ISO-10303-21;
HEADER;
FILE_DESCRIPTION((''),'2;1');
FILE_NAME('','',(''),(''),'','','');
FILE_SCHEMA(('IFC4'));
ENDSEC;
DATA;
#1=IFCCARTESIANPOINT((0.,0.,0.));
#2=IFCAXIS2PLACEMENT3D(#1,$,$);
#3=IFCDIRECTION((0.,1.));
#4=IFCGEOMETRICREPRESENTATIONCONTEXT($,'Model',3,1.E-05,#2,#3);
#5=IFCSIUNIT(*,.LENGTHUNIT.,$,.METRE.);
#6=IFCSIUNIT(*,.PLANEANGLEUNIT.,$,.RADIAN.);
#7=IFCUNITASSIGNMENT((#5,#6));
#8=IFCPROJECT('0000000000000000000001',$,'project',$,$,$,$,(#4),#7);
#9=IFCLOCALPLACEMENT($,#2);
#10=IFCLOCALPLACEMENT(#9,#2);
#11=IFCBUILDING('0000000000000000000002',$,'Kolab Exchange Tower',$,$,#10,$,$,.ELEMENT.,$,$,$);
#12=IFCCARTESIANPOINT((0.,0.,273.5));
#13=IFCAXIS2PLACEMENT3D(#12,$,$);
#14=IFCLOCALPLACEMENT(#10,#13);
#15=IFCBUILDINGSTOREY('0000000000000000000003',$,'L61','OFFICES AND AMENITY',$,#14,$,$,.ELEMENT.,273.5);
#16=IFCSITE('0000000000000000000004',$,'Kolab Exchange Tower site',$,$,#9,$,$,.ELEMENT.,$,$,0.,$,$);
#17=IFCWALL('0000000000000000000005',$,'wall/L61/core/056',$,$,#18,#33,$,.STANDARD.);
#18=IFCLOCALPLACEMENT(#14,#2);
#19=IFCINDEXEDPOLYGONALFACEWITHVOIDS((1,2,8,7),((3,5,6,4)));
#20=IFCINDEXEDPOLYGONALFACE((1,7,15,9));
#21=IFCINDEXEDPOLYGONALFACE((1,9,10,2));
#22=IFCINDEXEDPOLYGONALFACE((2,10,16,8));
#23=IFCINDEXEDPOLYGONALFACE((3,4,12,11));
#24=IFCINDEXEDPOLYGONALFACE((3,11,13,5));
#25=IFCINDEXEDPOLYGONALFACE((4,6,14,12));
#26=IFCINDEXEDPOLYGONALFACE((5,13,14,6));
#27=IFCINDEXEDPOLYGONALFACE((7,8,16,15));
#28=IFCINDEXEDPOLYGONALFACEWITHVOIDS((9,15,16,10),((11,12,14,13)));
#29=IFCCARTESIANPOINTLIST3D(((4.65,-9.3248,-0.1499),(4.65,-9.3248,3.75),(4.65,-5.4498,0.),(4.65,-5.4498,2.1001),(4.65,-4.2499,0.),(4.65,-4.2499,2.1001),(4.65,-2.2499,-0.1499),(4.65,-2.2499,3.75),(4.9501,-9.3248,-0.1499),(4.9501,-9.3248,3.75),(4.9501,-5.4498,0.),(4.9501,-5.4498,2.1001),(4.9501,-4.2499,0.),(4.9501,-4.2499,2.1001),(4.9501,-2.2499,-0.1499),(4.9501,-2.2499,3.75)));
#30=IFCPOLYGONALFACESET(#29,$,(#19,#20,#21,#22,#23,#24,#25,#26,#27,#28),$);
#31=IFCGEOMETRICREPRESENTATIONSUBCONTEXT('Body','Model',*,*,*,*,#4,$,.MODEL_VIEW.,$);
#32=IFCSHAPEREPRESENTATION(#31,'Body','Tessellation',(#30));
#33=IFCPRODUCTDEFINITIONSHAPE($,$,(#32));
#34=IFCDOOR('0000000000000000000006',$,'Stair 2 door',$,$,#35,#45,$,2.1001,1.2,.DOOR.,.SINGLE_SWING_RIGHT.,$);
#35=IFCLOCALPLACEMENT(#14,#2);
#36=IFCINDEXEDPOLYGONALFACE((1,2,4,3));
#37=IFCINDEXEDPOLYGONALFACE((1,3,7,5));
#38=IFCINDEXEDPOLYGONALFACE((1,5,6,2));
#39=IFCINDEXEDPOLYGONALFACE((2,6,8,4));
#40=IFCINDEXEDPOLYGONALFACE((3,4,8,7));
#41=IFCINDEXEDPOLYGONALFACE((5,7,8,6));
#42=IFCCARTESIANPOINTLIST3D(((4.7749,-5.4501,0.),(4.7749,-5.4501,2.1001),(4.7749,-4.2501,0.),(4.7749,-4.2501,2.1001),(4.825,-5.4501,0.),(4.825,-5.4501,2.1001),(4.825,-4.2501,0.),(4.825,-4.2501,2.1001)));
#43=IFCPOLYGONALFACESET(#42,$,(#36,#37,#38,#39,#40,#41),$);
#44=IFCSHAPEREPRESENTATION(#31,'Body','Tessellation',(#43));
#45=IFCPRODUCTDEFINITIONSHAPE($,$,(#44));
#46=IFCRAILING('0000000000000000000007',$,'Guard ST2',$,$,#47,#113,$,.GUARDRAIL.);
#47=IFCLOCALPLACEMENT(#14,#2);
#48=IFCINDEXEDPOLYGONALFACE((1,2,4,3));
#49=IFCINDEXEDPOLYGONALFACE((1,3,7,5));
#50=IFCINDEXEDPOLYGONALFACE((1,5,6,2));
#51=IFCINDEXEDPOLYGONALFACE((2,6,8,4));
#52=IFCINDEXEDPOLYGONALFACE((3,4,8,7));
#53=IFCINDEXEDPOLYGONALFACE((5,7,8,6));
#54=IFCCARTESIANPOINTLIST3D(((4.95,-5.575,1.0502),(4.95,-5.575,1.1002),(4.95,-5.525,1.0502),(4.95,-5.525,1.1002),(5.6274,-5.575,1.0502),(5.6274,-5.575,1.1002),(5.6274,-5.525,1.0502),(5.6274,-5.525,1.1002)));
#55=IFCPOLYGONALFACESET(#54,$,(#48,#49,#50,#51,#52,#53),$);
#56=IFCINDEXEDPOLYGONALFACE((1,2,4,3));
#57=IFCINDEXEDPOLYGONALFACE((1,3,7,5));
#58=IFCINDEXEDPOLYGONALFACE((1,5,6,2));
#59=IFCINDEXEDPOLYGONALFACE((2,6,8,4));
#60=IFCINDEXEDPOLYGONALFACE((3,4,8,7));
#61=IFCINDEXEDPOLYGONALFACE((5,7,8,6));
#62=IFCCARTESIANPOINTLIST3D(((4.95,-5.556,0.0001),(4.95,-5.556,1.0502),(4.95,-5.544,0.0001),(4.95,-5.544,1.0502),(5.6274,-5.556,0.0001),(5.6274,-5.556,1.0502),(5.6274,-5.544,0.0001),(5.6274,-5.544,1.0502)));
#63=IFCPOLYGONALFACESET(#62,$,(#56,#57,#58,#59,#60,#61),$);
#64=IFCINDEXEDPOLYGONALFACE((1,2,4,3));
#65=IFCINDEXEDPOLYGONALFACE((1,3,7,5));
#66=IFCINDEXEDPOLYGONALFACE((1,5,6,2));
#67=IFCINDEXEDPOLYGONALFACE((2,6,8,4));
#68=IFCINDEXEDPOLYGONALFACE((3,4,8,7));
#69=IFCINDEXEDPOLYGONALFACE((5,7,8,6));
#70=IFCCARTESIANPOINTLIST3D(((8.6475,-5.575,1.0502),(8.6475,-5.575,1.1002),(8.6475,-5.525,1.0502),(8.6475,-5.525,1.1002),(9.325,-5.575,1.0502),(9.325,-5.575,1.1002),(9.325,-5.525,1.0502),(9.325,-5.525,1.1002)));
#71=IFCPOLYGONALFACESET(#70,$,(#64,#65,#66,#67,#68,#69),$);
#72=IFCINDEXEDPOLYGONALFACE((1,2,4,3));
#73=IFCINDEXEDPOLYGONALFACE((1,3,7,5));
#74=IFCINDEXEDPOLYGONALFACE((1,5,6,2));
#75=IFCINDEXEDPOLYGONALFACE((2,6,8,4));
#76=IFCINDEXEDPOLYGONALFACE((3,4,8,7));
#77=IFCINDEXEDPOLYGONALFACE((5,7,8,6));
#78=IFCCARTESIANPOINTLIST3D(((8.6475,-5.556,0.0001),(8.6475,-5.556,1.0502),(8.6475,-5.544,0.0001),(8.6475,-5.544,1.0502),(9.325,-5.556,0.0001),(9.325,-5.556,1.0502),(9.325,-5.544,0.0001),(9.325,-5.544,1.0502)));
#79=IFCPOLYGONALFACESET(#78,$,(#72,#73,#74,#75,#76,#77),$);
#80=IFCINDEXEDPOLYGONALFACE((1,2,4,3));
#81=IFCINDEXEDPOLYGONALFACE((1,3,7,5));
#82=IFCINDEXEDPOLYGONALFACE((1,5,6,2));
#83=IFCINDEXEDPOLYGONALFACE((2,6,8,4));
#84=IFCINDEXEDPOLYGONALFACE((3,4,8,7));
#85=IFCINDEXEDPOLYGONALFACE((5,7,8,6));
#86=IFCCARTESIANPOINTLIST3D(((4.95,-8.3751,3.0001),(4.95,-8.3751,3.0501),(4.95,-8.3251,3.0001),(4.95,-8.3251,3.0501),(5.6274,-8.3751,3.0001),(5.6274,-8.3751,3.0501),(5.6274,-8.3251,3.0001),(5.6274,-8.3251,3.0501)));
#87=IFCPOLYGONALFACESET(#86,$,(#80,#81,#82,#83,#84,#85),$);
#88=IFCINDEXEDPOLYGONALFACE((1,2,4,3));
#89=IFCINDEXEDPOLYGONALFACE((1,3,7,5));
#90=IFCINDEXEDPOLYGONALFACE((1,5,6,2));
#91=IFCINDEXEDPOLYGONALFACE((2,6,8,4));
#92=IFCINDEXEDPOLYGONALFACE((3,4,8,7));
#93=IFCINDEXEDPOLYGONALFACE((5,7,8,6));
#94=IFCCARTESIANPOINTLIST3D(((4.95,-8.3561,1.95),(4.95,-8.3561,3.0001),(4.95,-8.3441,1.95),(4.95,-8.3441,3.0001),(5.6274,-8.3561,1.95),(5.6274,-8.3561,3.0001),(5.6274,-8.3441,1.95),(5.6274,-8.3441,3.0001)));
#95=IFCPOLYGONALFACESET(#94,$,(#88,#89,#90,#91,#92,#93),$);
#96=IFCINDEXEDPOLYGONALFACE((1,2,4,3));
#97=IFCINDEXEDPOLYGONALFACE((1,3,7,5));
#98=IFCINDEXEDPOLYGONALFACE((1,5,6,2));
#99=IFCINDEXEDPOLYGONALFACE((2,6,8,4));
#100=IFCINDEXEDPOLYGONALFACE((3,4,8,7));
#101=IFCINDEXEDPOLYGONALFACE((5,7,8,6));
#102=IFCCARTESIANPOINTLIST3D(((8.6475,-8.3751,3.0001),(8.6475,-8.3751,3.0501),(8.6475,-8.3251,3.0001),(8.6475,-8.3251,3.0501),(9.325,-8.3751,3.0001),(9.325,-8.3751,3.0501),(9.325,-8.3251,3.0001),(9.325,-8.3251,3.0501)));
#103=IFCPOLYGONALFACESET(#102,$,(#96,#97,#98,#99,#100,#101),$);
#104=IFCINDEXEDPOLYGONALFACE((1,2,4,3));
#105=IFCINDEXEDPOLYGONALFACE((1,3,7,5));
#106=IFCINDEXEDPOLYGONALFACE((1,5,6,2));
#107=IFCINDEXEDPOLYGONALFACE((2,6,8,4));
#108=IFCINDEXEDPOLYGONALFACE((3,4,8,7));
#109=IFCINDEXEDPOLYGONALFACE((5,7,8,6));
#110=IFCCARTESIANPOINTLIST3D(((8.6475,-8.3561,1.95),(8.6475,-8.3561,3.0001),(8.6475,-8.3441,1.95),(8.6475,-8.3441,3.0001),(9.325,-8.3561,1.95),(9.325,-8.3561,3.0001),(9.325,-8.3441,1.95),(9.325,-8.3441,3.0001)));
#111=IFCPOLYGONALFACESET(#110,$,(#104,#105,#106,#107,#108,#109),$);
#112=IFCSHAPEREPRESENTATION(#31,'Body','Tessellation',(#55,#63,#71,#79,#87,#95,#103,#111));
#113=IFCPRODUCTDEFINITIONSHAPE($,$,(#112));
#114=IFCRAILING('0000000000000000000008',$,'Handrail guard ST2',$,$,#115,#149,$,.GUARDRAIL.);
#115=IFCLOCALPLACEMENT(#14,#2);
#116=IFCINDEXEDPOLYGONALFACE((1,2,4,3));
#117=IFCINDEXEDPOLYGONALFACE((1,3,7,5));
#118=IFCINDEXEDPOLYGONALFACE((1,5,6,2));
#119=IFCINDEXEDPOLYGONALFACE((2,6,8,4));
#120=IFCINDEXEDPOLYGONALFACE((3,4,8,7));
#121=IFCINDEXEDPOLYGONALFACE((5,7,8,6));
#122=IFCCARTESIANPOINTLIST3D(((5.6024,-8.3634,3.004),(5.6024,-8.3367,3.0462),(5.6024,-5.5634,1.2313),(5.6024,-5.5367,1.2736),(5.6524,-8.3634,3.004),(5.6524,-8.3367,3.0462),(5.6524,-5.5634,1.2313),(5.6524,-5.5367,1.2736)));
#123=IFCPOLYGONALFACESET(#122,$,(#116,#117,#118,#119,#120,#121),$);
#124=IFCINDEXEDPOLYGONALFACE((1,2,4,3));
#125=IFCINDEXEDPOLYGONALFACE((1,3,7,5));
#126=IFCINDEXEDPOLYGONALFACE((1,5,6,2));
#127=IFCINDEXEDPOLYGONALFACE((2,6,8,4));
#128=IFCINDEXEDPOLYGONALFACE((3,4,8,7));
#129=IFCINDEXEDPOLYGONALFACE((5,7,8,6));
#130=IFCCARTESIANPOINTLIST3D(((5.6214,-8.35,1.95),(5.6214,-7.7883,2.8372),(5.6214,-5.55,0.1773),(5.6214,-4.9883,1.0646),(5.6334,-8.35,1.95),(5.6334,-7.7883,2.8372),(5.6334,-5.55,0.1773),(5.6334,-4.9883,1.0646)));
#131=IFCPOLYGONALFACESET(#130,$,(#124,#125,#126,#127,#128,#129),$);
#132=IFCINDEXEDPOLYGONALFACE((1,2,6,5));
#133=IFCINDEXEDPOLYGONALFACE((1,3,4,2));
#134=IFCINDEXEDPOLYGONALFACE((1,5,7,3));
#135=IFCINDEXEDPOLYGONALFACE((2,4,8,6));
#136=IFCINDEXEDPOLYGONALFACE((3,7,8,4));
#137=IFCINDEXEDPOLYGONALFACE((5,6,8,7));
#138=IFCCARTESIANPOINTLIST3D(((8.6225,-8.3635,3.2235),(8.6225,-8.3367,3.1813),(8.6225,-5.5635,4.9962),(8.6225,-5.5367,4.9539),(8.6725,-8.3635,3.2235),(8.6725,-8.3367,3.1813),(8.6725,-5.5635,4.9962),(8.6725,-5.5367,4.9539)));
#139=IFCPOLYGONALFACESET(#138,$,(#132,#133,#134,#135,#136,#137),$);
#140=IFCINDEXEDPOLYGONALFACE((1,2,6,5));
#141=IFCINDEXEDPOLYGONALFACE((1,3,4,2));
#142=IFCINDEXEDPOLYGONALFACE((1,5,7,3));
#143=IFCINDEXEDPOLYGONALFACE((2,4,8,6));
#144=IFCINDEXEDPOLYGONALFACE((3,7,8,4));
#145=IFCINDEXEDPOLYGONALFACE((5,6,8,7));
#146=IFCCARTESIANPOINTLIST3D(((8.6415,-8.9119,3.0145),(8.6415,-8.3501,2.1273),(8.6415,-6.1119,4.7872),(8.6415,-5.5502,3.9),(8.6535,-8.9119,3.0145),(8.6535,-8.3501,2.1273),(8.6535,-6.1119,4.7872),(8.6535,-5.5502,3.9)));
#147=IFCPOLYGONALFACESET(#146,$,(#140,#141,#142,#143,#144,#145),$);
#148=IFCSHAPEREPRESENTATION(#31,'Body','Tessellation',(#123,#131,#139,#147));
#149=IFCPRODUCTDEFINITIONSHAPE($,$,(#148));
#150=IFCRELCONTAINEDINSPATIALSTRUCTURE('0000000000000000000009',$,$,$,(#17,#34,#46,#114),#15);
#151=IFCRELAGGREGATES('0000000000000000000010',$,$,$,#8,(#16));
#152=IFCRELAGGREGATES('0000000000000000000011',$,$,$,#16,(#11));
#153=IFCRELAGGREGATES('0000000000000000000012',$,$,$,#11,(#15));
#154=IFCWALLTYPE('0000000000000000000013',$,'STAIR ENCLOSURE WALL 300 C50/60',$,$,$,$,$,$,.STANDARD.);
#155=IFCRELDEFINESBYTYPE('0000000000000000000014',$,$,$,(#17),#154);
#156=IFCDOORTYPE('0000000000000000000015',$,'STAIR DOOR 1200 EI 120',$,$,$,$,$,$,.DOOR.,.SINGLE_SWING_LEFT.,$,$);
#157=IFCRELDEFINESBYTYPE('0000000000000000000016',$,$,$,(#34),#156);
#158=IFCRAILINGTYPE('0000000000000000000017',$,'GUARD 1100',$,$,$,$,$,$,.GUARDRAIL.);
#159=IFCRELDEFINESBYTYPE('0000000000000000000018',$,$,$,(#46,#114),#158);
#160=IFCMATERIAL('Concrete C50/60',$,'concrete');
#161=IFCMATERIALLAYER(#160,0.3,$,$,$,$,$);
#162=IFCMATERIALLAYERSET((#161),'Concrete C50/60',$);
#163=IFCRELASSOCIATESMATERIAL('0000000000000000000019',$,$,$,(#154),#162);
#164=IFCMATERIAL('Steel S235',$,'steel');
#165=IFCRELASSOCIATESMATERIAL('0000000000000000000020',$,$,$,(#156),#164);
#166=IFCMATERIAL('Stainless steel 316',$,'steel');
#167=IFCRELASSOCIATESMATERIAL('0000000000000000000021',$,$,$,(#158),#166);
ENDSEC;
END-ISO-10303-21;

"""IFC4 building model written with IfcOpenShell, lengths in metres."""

from ifc_helpers import new_model, si_unit, direction, frame, frame_2d, origin, origin_2d, place, context, subcontext, project, spatial, rectangle, extrude, material, layer, layer_set, type_object, element, fill, save


model = new_model("IFC4")

# Units and contexts
model_context = context("Model", 3, precision=1e-05, world=origin(), true_north=direction((0.0, 1.0)))
body_context = subcontext(model_context, "Body", "Model", "MODEL_VIEW")
ifc_project = project(units=[si_unit("LENGTHUNIT", "METRE"), si_unit("PLANEANGLEUNIT", "RADIAN")], contexts=[model_context])

# Site, building, storey
site_placement = place(None, origin())
site = spatial("IfcSite", under=ifc_project, at=site_placement, Name="Kolab Exchange Tower site", CompositionType="ELEMENT", RefElevation=0.0)
building_placement = place(site_placement, origin())
building = spatial("IfcBuilding", under=site, at=building_placement, Name="Kolab Exchange Tower", CompositionType="ELEMENT")
storey_placement = place(building_placement, frame((0.0, 0.0, 273.5)))
storey = spatial("IfcBuildingStorey", under=building, at=storey_placement, Name="L61", Description="OFFICES AND AMENITY", CompositionType="ELEMENT", Elevation=273.5)

# Shared definitions
ifc_material_1 = material(Name="Concrete C50/60", Category="concrete")
ifc_material_2 = material(Name="Stainless steel 316", Category="steel")

# Shared definitions
ifc_material_3 = material(Name="Steel S235", Category="steel")

# Shared definitions
ifc_layer_1 = layer(ifc_material_1, 0.3)
ifc_layer_set_1 = layer_set([ifc_layer_1], Name="Concrete C50/60")
wall_type_1 = type_object("IfcWallType", Name="STAIR ENCLOSURE WALL 300 C50/60", PredefinedType="STANDARD", material=ifc_layer_set_1)

# Wall, opening, door
wall_1_placement = place(storey_placement, frame((4.8, -9.325, -0.1499), z_axis=(0.0, 0.0, 1.0), x_axis=(0.0, 1.0, 0.0)))
wall_1 = element("IfcWall", 1, at=wall_1_placement, inside=storey, type_object=wall_type_1, Name="wall/L61/core/056", PredefinedType="STANDARD", context=body_context, shape_type="SweptSolid", body=[
    extrude(rectangle(XDim=7.075, YDim=0.3, at=frame_2d((3.5376, 0.0))), origin(), (0.0, 0.0, 1.0), 3.8999),
])
opening_1_placement = place(wall_1_placement, frame((3.875, 0.0, 0.1499)))
opening_1 = element("IfcOpeningElement", 2, at=opening_1_placement, cuts=wall_1, PredefinedType="OPENING", context=body_context, shape_type="SweptSolid", body=[
    extrude(rectangle(XDim=1.2, YDim=2.1001, at=frame_2d((0.6001, 1.05))), frame((0.0, 0.1602, 0.0), z_axis=(0.0, -1.0, 0.0), x_axis=(1.0, 0.0, 0.0)), (0.0, 0.0, 1.0), 0.3201),
])
door_type_1 = type_object("IfcDoorType", Name="STAIR DOOR 1200 EI 120", OperationType="SINGLE_SWING_LEFT", PredefinedType="DOOR", material=ifc_material_3)
door_1_placement = place(opening_1_placement, frame((1.2, 0.0, 0.0), z_axis=(0.0, 0.0, 1.0), x_axis=(-1.0, 0.0, 0.0)))
door_1 = element("IfcDoor", 3, at=door_1_placement, inside=storey, type_object=door_type_1, Name="Stair 2 door", OperationType="SINGLE_SWING_RIGHT", OverallHeight=2.1001, OverallWidth=1.2, PredefinedType="DOOR", context=body_context, shape_type="SweptSolid", body=[
    extrude(rectangle(XDim=1.2, YDim=2.1001, at=frame_2d((0.6001, 1.05))), frame((0.0, 0.0249, 0.0), z_axis=(0.0, -1.0, 0.0), x_axis=(1.0, 0.0, 0.0)), (0.0, 0.0, 1.0), 0.05),
])
fill(opening_1, door_1)

# Railings
railing_type = type_object("IfcRailingType", Name="GUARD 1100", PredefinedType="GUARDRAIL", material=ifc_material_2)
railing_1_placement = place(storey_placement, frame((4.95, -5.55, 0.0)))
element("IfcRailing", 4, at=railing_1_placement, inside=storey, type_object=railing_type, Name="Guard ST2", PredefinedType="GUARDRAIL", context=body_context, shape_type="SweptSolid", body=[
    extrude(rectangle(XDim=0.05, YDim=0.05, at=origin_2d()), frame((0.0, 0.0, 1.0752), z_axis=(1.0, 0.0, 0.0), x_axis=(0.0, 1.0, 0.0)), (0.0, 0.0, 1.0), 0.6775),
    extrude(rectangle(XDim=0.012, YDim=1.0501, at=frame_2d((0.0, 0.5251))), frame((0.0, 0.0, 0.0), z_axis=(1.0, 0.0, 0.0), x_axis=(0.0, 1.0, 0.0)), (0.0, 0.0, 1.0), 0.6775),
    extrude(rectangle(XDim=0.05, YDim=0.05, at=origin_2d()), frame((3.6975, 0.0, 1.0752), z_axis=(1.0, 0.0, 0.0), x_axis=(0.0, 1.0, 0.0)), (0.0, 0.0, 1.0), 0.6775),
    extrude(rectangle(XDim=0.012, YDim=1.0501, at=frame_2d((0.0, 0.5251))), frame((3.6975, 0.0, 0.0), z_axis=(1.0, 0.0, 0.0), x_axis=(0.0, 1.0, 0.0)), (0.0, 0.0, 1.0), 0.6775),
    extrude(rectangle(XDim=0.05, YDim=0.05, at=origin_2d()), frame((0.0, -2.8, 3.0251), z_axis=(1.0, 0.0, 0.0), x_axis=(0.0, 1.0, 0.0)), (0.0, 0.0, 1.0), 0.6775),
    extrude(rectangle(XDim=0.012, YDim=1.0501, at=frame_2d((0.0, 0.5251))), frame((0.0, -2.8, 1.95), z_axis=(1.0, 0.0, 0.0), x_axis=(0.0, 1.0, 0.0)), (0.0, 0.0, 1.0), 0.6775),
    extrude(rectangle(XDim=0.05, YDim=0.05, at=origin_2d()), frame((3.6975, -2.8, 3.0251), z_axis=(1.0, 0.0, 0.0), x_axis=(0.0, 1.0, 0.0)), (0.0, 0.0, 1.0), 0.6775),
    extrude(rectangle(XDim=0.012, YDim=1.0501, at=frame_2d((0.0, 0.5251))), frame((3.6975, -2.8, 1.95), z_axis=(1.0, 0.0, 0.0), x_axis=(0.0, 1.0, 0.0)), (0.0, 0.0, 1.0), 0.6775),
])
railing_2_placement = place(storey_placement, frame((5.6274, -5.55, 0.1772)))
element("IfcRailing", 5, at=railing_2_placement, inside=storey, type_object=railing_type, Name="Handrail guard ST2", PredefinedType="GUARDRAIL", context=body_context, shape_type="SweptSolid", body=[
    extrude(rectangle(XDim=0.05, YDim=0.05, at=origin_2d()), frame((0.0, 0.0, 1.0752), z_axis=(0.0, -0.844909, 0.53491), x_axis=(1.0, 0.0, 0.0)), (0.0, 0.0, 1.0), 3.314),
    extrude(rectangle(XDim=0.012, YDim=1.0501, at=frame_2d((0.0, 0.5251))), frame((0.0, 0.0, 0.0), z_axis=(0.0, -0.844909, 0.53491), x_axis=(1.0, 0.0, 0.0)), (0.0, 0.0, 1.0), 3.314),
    extrude(rectangle(XDim=0.05, YDim=0.05, at=origin_2d()), frame((3.02, -2.8, 3.0251), z_axis=(0.0, 0.844909, 0.53491), x_axis=(-1.0, 0.0, 0.0)), (0.0, 0.0, 1.0), 3.314),
    extrude(rectangle(XDim=0.012, YDim=1.0501, at=frame_2d((0.0, 0.5251))), frame((3.02, -2.8, 1.95), z_axis=(0.0, 0.844909, 0.53491), x_axis=(-1.0, 0.0, 0.0)), (0.0, 0.0, 1.0), 3.314),
])

save(model, "model.ifc")
